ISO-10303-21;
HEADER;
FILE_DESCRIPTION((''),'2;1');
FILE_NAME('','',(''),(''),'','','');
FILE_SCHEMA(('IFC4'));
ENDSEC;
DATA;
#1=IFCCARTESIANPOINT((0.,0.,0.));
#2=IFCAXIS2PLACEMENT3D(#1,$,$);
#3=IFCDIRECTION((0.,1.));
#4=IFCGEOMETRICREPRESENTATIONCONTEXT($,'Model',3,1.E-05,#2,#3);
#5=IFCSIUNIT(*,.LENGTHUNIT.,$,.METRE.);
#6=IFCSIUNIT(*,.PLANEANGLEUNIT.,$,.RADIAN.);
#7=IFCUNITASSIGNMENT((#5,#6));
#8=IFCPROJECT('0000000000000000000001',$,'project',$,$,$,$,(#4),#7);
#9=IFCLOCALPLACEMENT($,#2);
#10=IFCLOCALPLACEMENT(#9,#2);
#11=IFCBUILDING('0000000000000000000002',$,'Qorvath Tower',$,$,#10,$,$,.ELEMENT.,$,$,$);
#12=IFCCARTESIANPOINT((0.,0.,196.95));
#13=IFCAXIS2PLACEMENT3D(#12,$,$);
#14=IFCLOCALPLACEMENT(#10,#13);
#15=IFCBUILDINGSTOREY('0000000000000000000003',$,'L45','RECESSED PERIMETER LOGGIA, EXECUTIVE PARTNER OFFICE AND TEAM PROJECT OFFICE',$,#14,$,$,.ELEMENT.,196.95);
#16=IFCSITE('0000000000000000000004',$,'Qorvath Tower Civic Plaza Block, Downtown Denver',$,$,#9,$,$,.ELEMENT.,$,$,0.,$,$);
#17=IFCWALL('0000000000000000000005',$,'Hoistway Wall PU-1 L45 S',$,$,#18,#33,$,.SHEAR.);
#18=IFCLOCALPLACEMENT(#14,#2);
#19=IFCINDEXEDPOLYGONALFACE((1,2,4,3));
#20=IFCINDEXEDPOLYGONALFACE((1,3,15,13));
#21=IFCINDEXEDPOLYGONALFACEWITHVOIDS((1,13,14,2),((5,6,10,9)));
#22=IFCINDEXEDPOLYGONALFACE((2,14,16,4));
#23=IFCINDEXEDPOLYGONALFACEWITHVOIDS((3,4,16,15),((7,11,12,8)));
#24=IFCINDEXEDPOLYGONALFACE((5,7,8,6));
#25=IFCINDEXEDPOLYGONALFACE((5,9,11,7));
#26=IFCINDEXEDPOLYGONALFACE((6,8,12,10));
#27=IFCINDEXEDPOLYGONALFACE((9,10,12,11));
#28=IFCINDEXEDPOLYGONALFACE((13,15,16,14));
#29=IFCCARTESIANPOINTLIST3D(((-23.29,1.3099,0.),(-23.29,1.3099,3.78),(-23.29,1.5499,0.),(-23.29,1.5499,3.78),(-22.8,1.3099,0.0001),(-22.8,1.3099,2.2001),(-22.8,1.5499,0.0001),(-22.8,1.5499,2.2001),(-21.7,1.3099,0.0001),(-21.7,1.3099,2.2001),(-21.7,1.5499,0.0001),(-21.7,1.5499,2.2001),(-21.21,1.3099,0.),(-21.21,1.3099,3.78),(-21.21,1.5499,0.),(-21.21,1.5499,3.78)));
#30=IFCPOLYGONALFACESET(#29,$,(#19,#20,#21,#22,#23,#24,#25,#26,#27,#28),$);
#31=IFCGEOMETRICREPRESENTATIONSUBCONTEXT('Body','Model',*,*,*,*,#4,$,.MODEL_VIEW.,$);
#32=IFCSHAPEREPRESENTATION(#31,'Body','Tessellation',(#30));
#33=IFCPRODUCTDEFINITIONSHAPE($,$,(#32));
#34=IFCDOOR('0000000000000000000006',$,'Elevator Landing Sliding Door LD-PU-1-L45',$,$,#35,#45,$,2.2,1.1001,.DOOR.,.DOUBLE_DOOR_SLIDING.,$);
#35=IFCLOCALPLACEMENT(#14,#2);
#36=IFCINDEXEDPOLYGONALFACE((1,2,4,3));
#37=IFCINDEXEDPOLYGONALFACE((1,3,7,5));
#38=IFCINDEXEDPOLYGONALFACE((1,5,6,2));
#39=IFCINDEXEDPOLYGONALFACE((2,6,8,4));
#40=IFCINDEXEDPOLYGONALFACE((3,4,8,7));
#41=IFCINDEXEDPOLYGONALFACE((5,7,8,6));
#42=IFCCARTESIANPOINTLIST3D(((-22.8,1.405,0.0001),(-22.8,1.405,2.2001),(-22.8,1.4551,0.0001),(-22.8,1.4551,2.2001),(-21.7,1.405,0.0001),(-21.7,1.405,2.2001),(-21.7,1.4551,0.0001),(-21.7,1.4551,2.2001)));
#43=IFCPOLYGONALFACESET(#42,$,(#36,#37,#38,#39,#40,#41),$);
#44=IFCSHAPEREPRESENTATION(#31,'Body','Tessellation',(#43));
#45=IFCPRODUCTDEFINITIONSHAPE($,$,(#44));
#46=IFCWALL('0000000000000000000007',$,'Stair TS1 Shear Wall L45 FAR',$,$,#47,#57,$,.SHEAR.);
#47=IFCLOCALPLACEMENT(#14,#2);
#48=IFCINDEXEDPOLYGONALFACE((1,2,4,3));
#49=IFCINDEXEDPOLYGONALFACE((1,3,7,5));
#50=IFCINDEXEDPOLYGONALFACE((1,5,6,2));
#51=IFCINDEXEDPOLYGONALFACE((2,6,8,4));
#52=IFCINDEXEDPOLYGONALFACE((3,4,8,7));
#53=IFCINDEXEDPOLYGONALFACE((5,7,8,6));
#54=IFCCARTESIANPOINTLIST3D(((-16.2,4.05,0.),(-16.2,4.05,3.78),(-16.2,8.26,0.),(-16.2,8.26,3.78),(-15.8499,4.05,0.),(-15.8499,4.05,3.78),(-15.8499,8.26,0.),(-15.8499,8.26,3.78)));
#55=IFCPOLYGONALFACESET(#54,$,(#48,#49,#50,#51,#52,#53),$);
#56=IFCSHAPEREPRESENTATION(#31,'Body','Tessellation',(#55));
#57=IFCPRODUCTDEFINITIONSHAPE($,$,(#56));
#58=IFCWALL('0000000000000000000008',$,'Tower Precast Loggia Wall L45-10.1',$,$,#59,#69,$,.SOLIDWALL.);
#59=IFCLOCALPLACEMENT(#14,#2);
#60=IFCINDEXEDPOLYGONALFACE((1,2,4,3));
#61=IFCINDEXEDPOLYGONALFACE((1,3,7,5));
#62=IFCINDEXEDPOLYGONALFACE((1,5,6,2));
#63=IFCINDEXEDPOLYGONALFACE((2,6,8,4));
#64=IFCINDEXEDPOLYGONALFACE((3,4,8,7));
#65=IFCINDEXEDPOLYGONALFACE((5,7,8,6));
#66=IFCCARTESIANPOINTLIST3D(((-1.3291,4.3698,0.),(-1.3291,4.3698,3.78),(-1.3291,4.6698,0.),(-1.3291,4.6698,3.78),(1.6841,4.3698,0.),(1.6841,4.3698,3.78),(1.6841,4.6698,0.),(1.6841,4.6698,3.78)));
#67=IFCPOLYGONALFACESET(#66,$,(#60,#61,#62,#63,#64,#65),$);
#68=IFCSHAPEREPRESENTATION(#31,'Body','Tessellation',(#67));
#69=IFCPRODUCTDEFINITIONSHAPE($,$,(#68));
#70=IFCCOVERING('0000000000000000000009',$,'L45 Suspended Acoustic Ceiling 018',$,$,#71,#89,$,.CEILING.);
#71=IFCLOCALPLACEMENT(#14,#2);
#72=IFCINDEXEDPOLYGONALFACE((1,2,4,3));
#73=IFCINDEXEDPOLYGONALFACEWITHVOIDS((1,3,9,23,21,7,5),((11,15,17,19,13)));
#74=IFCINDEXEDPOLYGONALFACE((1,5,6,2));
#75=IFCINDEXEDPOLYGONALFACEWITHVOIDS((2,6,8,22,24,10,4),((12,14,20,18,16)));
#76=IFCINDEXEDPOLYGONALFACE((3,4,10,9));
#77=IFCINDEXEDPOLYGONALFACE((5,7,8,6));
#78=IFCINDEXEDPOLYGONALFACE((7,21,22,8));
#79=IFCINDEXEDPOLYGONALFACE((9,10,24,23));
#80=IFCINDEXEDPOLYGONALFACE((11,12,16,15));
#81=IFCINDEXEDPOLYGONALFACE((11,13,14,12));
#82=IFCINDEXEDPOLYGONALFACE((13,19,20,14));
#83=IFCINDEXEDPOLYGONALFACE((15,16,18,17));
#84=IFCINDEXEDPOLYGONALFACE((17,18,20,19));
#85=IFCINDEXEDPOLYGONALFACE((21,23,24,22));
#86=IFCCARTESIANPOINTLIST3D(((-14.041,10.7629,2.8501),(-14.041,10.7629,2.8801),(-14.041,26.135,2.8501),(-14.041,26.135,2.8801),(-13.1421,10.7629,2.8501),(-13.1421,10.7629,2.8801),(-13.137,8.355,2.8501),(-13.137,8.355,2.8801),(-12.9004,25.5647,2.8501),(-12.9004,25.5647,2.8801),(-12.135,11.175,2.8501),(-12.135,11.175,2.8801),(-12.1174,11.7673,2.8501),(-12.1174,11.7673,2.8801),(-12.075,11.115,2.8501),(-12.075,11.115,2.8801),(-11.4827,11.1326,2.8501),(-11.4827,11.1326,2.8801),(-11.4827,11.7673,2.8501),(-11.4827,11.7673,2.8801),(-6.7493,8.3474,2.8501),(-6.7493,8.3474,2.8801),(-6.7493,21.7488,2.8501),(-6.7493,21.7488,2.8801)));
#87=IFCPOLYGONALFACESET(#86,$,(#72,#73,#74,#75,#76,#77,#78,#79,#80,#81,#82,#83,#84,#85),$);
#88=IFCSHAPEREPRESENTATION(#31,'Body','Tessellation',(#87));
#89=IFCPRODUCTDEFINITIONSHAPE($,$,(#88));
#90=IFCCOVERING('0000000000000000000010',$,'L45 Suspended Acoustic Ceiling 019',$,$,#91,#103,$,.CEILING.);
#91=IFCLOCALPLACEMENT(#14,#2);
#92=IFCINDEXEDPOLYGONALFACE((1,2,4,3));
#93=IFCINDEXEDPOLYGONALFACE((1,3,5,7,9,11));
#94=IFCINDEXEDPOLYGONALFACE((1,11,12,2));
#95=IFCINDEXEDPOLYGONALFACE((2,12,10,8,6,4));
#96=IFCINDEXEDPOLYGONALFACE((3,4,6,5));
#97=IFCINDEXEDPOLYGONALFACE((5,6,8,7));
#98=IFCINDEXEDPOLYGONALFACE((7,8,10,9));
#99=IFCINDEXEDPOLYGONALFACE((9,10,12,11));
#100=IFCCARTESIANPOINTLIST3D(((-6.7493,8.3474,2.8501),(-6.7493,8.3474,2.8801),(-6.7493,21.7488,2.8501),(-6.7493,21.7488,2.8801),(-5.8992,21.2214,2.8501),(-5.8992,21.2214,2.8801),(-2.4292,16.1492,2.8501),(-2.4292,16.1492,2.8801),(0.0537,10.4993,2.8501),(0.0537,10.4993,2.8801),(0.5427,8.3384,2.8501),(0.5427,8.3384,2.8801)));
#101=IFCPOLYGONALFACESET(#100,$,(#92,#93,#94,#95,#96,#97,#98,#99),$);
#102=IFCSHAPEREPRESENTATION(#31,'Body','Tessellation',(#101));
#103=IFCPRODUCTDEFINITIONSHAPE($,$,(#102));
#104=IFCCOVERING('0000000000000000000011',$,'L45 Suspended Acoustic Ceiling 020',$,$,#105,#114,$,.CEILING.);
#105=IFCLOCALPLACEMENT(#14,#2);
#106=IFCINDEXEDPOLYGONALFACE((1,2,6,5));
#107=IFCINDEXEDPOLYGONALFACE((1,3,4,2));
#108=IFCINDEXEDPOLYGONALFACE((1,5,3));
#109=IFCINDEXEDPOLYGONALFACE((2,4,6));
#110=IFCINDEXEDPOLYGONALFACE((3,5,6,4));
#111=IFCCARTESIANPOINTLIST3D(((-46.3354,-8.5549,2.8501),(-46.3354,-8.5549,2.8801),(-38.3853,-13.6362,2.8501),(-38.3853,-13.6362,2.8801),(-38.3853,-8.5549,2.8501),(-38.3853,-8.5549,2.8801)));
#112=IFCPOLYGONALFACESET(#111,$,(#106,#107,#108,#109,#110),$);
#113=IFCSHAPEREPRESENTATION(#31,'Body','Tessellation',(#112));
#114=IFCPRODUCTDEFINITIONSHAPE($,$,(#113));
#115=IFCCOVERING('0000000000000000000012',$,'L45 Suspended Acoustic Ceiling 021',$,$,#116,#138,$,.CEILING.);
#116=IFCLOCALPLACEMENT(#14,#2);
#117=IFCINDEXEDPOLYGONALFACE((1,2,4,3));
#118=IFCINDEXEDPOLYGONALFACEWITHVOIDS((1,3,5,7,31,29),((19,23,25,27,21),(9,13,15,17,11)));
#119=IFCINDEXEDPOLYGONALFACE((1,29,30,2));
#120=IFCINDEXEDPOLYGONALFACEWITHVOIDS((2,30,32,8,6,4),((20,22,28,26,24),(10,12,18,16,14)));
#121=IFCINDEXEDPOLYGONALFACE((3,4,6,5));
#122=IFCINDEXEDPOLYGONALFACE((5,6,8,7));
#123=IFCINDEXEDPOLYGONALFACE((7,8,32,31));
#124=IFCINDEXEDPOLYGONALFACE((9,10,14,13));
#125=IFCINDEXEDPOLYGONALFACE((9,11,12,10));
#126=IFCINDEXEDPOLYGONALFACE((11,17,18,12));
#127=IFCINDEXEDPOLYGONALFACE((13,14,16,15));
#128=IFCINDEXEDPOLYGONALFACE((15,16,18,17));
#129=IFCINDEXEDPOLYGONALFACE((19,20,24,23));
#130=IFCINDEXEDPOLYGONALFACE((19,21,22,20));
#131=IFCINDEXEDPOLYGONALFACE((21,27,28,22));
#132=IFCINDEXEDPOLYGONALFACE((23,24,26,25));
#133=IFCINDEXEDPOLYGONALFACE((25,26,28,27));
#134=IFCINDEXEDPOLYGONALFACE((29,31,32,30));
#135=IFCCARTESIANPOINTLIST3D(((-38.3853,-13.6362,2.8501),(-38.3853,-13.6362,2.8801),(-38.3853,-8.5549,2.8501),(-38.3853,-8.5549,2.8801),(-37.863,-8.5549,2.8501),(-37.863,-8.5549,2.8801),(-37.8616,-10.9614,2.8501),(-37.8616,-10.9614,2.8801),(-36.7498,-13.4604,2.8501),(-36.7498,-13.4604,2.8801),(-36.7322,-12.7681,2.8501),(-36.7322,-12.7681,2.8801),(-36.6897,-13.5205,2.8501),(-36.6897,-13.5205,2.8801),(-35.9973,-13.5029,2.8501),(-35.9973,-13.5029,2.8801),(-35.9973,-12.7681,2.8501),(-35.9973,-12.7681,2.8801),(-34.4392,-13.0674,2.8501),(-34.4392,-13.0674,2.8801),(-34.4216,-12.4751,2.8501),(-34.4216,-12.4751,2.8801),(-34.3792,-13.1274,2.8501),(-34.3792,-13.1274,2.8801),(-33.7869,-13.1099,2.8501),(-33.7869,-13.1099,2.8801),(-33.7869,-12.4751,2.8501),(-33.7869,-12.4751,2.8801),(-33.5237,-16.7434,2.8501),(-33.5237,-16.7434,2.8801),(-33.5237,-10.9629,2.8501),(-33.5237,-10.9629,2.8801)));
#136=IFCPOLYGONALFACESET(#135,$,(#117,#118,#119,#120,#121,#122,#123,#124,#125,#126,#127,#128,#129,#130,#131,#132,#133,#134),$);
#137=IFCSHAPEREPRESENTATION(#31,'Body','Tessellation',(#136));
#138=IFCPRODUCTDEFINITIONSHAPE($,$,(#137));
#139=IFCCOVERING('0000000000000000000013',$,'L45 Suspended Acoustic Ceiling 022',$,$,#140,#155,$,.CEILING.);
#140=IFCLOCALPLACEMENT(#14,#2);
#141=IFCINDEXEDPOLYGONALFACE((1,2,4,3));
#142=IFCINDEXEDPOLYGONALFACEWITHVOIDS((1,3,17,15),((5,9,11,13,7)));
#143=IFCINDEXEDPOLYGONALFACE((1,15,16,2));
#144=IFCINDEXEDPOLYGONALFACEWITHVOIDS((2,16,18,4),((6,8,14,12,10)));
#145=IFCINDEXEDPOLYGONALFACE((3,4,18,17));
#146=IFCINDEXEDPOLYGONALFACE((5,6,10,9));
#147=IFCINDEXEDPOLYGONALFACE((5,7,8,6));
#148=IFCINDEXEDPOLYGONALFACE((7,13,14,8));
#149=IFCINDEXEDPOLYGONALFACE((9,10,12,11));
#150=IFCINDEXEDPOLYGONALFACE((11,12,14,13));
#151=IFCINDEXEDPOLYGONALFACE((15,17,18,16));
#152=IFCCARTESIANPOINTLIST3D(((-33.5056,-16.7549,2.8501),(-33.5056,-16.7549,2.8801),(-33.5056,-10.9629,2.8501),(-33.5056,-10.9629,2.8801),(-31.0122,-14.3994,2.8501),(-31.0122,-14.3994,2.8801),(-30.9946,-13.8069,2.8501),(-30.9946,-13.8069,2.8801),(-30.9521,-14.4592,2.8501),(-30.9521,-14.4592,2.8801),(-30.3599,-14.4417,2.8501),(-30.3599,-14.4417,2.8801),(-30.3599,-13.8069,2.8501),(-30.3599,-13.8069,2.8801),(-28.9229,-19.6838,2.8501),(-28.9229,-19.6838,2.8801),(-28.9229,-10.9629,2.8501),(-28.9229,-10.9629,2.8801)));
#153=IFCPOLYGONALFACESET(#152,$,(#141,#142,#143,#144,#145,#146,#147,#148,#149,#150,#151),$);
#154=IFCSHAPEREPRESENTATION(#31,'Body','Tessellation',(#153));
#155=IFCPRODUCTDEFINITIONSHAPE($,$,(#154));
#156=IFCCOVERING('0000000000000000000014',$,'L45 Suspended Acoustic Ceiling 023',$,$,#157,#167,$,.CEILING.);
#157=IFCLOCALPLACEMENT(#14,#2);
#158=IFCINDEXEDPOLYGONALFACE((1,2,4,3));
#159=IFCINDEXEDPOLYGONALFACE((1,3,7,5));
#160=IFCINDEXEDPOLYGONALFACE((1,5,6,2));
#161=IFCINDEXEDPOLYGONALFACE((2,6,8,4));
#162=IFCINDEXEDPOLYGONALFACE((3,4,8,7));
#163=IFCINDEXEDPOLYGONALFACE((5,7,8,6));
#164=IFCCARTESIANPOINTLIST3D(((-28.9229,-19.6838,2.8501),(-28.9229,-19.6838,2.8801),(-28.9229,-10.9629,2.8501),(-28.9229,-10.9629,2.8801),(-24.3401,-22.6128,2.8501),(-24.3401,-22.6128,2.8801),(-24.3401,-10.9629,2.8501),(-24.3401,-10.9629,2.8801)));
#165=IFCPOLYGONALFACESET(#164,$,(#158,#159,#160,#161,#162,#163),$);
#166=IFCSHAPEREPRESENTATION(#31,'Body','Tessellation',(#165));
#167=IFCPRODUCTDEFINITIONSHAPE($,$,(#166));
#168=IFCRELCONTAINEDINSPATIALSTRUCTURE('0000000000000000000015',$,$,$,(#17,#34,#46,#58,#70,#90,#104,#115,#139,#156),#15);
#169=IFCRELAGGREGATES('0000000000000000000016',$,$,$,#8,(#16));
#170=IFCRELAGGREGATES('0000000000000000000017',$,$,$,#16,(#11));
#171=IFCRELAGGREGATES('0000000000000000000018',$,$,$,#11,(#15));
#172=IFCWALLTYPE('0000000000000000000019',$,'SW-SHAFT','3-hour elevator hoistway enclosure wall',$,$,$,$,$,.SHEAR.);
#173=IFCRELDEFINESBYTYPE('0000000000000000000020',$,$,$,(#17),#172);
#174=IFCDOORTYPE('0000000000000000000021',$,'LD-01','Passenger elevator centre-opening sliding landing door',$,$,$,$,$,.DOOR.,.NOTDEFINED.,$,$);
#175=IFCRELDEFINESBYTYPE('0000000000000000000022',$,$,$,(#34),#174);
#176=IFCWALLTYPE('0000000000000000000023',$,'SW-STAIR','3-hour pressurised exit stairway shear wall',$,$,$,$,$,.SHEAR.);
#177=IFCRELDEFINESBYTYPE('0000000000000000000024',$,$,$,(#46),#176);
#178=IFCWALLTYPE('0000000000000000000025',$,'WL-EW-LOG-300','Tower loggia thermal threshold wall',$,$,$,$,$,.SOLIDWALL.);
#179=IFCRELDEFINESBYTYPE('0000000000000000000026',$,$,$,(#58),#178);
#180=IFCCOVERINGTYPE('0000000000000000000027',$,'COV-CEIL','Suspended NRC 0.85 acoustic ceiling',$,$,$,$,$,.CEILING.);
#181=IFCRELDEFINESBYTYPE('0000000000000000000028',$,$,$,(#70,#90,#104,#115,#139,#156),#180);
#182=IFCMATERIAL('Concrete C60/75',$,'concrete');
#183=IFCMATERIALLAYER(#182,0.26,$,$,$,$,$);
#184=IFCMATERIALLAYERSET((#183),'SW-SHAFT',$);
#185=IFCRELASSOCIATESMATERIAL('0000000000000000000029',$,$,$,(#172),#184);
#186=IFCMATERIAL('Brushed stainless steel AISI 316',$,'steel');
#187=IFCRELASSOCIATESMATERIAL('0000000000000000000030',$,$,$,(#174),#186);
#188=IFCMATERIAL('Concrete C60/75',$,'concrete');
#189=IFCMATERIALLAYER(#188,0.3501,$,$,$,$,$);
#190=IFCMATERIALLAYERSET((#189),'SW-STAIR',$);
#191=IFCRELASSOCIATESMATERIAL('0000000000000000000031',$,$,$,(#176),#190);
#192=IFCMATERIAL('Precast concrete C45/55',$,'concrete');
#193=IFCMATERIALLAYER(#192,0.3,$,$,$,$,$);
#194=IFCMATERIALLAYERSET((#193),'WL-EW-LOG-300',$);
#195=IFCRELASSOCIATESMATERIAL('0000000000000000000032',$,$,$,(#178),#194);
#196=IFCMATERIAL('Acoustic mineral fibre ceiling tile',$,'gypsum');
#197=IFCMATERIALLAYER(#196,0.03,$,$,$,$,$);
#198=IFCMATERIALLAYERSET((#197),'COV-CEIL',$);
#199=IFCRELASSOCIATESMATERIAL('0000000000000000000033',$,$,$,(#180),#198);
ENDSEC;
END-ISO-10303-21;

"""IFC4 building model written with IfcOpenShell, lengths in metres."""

from ifc_helpers import new_model, si_unit, direction, frame, frame_2d, origin, place, context, subcontext, project, spatial, polyline, rectangle, outline, extrude, material, layer, layer_set, type_object, element, fill, save


model = new_model("IFC4")

# Units and contexts
model_context = context("Model", 3, precision=1e-05, world=origin(), true_north=direction((0.0, 1.0)))
body_context = subcontext(model_context, "Body", "Model", "MODEL_VIEW")
ifc_project = project(units=[si_unit("LENGTHUNIT", "METRE"), si_unit("PLANEANGLEUNIT", "RADIAN")], contexts=[model_context])

# Site, building, storey
site_placement = place(None, origin())
site = spatial("IfcSite", under=ifc_project, at=site_placement, Name="Qorvath Tower Civic Plaza Block, Downtown Denver", CompositionType="ELEMENT", RefElevation=0.0)
building_placement = place(site_placement, origin())
building = spatial("IfcBuilding", under=site, at=building_placement, Name="Qorvath Tower", CompositionType="ELEMENT")
storey_placement = place(building_placement, frame((0.0, 0.0, 196.95)))
storey = spatial("IfcBuildingStorey", under=building, at=storey_placement, Name="L45", Description="RECESSED PERIMETER LOGGIA, EXECUTIVE PARTNER OFFICE AND TEAM PROJECT OFFICE", CompositionType="ELEMENT", Elevation=196.95)

# Wall, opening, door
ifc_material_1 = material(Name="Concrete C60/75", Category="concrete")
ifc_layer_1 = layer(ifc_material_1, 0.26)
ifc_layer_set_1 = layer_set([ifc_layer_1], Name="SW-SHAFT")
wall_type_1 = type_object("IfcWallType", Name="SW-SHAFT", Description="3-hour elevator hoistway enclosure wall", PredefinedType="SHEAR", material=ifc_layer_set_1)
wall_1_placement = place(storey_placement, frame((-21.21, 1.4299, 0.0), z_axis=(0.0, 0.0, 1.0), x_axis=(-1.0, 0.0, 0.0)))
wall_1 = element("IfcWall", 1, at=wall_1_placement, inside=storey, type_object=wall_type_1, Name="Hoistway Wall PU-1 L45 S", PredefinedType="SHEAR", context=body_context, shape_type="SweptSolid", body=[
    extrude(rectangle(XDim=2.0801, YDim=0.24, at=frame_2d((1.04, 0.0))), origin(), (0.0, 0.0, 1.0), 3.78),
])
opening_1_placement = place(wall_1_placement, frame((0.49, 0.0, 0.0)))
opening_1 = element("IfcOpeningElement", 2, at=opening_1_placement, cuts=wall_1, PredefinedType="OPENING", context=body_context, shape_type="SweptSolid", body=[
    extrude(rectangle(XDim=1.1001, YDim=2.2, at=frame_2d((0.55, 1.1001))), frame((0.0, 0.1299, 0.0), z_axis=(0.0, -1.0, 0.0), x_axis=(1.0, 0.0, 0.0)), (0.0, 0.0, 1.0), 0.26),
])
ifc_material_2 = material(Name="Brushed stainless steel AISI 316", Category="steel")
door_type_1 = type_object("IfcDoorType", Name="LD-01", Description="Passenger elevator centre-opening sliding landing door", OperationType="NOTDEFINED", PredefinedType="DOOR", material=ifc_material_2)
door_1_placement = place(opening_1_placement, origin())
door_1 = element("IfcDoor", 3, at=door_1_placement, inside=storey, type_object=door_type_1, Name="Elevator Landing Sliding Door LD-PU-1-L45", OperationType="DOUBLE_DOOR_SLIDING", OverallHeight=2.2, OverallWidth=1.1001, PredefinedType="DOOR", context=body_context, shape_type="SweptSolid", body=[
    extrude(rectangle(XDim=1.1001, YDim=2.2, at=frame_2d((0.55, 1.1001))), frame((0.0, 0.0249, 0.0), z_axis=(0.0, -1.0, 0.0), x_axis=(1.0, 0.0, 0.0)), (0.0, 0.0, 1.0), 0.05),
])
fill(opening_1, door_1)

# Walls
ifc_material_3 = material(Name="Concrete C60/75", Category="concrete")
ifc_layer_2 = layer(ifc_material_3, 0.3501)
ifc_layer_set_2 = layer_set([ifc_layer_2], Name="SW-STAIR")
wall_type_2 = type_object("IfcWallType", Name="SW-STAIR", Description="3-hour pressurised exit stairway shear wall", PredefinedType="SHEAR", material=ifc_layer_set_2)
wall_2_placement = place(storey_placement, frame((-16.0249, 4.05, 0.0), z_axis=(0.0, 0.0, 1.0), x_axis=(0.0, 1.0, 0.0)))
element("IfcWall", 4, at=wall_2_placement, inside=storey, type_object=wall_type_2, Name="Stair TS1 Shear Wall L45 FAR", PredefinedType="SHEAR", context=body_context, shape_type="SweptSolid", body=[
    extrude(rectangle(XDim=4.21, YDim=0.3501, at=frame_2d((2.105, 0.0))), origin(), (0.0, 0.0, 1.0), 3.78),
])
ifc_material_4 = material(Name="Precast concrete C45/55", Category="concrete")
ifc_layer_3 = layer(ifc_material_4, 0.3)
ifc_layer_set_3 = layer_set([ifc_layer_3], Name="WL-EW-LOG-300")
wall_type_3 = type_object("IfcWallType", Name="WL-EW-LOG-300", Description="Tower loggia thermal threshold wall", PredefinedType="SOLIDWALL", material=ifc_layer_set_3)
wall_3_placement = place(storey_placement, frame((-1.3291, 4.5198, 0.0), z_axis=(0.0, 0.0, 1.0), x_axis=(1.0, 0.0, 0.0)))
element("IfcWall", 5, at=wall_3_placement, inside=storey, type_object=wall_type_3, Name="Tower Precast Loggia Wall L45-10.1", PredefinedType="SOLIDWALL", context=body_context, shape_type="SweptSolid", body=[
    extrude(rectangle(XDim=3.0132, YDim=0.3, at=frame_2d((1.5066, 0.0))), origin(), (0.0, 0.0, 1.0), 3.78),
])

# Coverings
ifc_material_5 = material(Name="Acoustic mineral fibre ceiling tile", Category="gypsum")
ifc_layer_4 = layer(ifc_material_5, 0.03)
ifc_layer_set_4 = layer_set([ifc_layer_4], Name="COV-CEIL")
covering_type_1 = type_object("IfcCoveringType", Name="COV-CEIL", Description="Suspended NRC 0.85 acoustic ceiling", PredefinedType="CEILING", material=ifc_layer_set_4)
covering_1_placement = place(storey_placement, frame((0.0, 0.0, 2.8501)))
element("IfcCovering", 6, at=covering_1_placement, inside=storey, type_object=covering_type_1, Name="L45 Suspended Acoustic Ceiling 018", PredefinedType="CEILING", context=body_context, shape_type="SweptSolid", body=[
    extrude(outline(polyline([(-6.7493, 8.3474), (-6.7493, 21.7488), (-12.9004, 25.5647), (-14.041, 26.135), (-14.041, 10.7629), (-13.1421, 10.7629), (-13.137, 8.355), (-6.7493, 8.3474)]), holes=[polyline([(-12.135, 11.175), (-12.1174, 11.7673), (-11.4827, 11.7673), (-11.4827, 11.1326), (-12.075, 11.115), (-12.135, 11.175)])]), origin(), (0.0, 0.0, 1.0), 0.03),
])
covering_2_placement = place(storey_placement, frame((0.0, 0.0, 2.8501)))
element("IfcCovering", 7, at=covering_2_placement, inside=storey, type_object=covering_type_1, Name="L45 Suspended Acoustic Ceiling 019", PredefinedType="CEILING", context=body_context, shape_type="SweptSolid", body=[
    extrude(outline(polyline([(0.5427, 8.3384), (0.0537, 10.4993), (-2.4292, 16.1492), (-5.8992, 21.2214), (-6.7493, 21.7488), (-6.7493, 8.3474), (0.5427, 8.3384)])), origin(), (0.0, 0.0, 1.0), 0.03),
])
covering_3_placement = place(storey_placement, frame((0.0, 0.0, 2.8501)))
element("IfcCovering", 8, at=covering_3_placement, inside=storey, type_object=covering_type_1, Name="L45 Suspended Acoustic Ceiling 020", PredefinedType="CEILING", context=body_context, shape_type="SweptSolid", body=[
    extrude(outline(polyline([(-38.3853, -13.6362), (-38.3853, -8.5549), (-46.3354, -8.5549), (-38.3853, -13.6362)])), origin(), (0.0, 0.0, 1.0), 0.03),
])
covering_4_placement = place(storey_placement, frame((0.0, 0.0, 2.8501)))
element("IfcCovering", 9, at=covering_4_placement, inside=storey, type_object=covering_type_1, Name="L45 Suspended Acoustic Ceiling 021", PredefinedType="CEILING", context=body_context, shape_type="SweptSolid", body=[
    extrude(outline(polyline([(-37.8616, -10.9614), (-37.863, -8.5549), (-38.3853, -8.5549), (-38.3853, -13.6362), (-33.5237, -16.7434), (-33.5237, -10.9629), (-37.8616, -10.9614)]), holes=[polyline([(-34.4392, -13.0674), (-34.4216, -12.4751), (-33.7869, -12.4751), (-33.7869, -13.1099), (-34.3792, -13.1274), (-34.4392, -13.0674)]), polyline([(-36.7498, -13.4604), (-36.7322, -12.7681), (-35.9973, -12.7681), (-35.9973, -13.5029), (-36.6897, -13.5205), (-36.7498, -13.4604)])]), origin(), (0.0, 0.0, 1.0), 0.03),
])
covering_5_placement = place(storey_placement, frame((0.0, 0.0, 2.8501)))
element("IfcCovering", 10, at=covering_5_placement, inside=storey, type_object=covering_type_1, Name="L45 Suspended Acoustic Ceiling 022", PredefinedType="CEILING", context=body_context, shape_type="SweptSolid", body=[
    extrude(outline(polyline([(-33.5056, -10.9629), (-33.5056, -16.7549), (-28.9229, -19.6838), (-28.9229, -10.9629), (-33.5056, -10.9629)]), holes=[polyline([(-31.0122, -14.3994), (-30.9946, -13.8069), (-30.3599, -13.8069), (-30.3599, -14.4417), (-30.9521, -14.4592), (-31.0122, -14.3994)])]), origin(), (0.0, 0.0, 1.0), 0.03),
])
covering_6_placement = place(storey_placement, frame((0.0, 0.0, 2.8501)))
element("IfcCovering", 11, at=covering_6_placement, inside=storey, type_object=covering_type_1, Name="L45 Suspended Acoustic Ceiling 023", PredefinedType="CEILING", context=body_context, shape_type="SweptSolid", body=[
    extrude(outline(polyline([(-28.9229, -10.9629), (-28.9229, -19.6838), (-24.3401, -22.6128), (-24.3401, -10.9629), (-28.9229, -10.9629)])), origin(), (0.0, 0.0, 1.0), 0.03),
])

save(model, "model.ifc")
